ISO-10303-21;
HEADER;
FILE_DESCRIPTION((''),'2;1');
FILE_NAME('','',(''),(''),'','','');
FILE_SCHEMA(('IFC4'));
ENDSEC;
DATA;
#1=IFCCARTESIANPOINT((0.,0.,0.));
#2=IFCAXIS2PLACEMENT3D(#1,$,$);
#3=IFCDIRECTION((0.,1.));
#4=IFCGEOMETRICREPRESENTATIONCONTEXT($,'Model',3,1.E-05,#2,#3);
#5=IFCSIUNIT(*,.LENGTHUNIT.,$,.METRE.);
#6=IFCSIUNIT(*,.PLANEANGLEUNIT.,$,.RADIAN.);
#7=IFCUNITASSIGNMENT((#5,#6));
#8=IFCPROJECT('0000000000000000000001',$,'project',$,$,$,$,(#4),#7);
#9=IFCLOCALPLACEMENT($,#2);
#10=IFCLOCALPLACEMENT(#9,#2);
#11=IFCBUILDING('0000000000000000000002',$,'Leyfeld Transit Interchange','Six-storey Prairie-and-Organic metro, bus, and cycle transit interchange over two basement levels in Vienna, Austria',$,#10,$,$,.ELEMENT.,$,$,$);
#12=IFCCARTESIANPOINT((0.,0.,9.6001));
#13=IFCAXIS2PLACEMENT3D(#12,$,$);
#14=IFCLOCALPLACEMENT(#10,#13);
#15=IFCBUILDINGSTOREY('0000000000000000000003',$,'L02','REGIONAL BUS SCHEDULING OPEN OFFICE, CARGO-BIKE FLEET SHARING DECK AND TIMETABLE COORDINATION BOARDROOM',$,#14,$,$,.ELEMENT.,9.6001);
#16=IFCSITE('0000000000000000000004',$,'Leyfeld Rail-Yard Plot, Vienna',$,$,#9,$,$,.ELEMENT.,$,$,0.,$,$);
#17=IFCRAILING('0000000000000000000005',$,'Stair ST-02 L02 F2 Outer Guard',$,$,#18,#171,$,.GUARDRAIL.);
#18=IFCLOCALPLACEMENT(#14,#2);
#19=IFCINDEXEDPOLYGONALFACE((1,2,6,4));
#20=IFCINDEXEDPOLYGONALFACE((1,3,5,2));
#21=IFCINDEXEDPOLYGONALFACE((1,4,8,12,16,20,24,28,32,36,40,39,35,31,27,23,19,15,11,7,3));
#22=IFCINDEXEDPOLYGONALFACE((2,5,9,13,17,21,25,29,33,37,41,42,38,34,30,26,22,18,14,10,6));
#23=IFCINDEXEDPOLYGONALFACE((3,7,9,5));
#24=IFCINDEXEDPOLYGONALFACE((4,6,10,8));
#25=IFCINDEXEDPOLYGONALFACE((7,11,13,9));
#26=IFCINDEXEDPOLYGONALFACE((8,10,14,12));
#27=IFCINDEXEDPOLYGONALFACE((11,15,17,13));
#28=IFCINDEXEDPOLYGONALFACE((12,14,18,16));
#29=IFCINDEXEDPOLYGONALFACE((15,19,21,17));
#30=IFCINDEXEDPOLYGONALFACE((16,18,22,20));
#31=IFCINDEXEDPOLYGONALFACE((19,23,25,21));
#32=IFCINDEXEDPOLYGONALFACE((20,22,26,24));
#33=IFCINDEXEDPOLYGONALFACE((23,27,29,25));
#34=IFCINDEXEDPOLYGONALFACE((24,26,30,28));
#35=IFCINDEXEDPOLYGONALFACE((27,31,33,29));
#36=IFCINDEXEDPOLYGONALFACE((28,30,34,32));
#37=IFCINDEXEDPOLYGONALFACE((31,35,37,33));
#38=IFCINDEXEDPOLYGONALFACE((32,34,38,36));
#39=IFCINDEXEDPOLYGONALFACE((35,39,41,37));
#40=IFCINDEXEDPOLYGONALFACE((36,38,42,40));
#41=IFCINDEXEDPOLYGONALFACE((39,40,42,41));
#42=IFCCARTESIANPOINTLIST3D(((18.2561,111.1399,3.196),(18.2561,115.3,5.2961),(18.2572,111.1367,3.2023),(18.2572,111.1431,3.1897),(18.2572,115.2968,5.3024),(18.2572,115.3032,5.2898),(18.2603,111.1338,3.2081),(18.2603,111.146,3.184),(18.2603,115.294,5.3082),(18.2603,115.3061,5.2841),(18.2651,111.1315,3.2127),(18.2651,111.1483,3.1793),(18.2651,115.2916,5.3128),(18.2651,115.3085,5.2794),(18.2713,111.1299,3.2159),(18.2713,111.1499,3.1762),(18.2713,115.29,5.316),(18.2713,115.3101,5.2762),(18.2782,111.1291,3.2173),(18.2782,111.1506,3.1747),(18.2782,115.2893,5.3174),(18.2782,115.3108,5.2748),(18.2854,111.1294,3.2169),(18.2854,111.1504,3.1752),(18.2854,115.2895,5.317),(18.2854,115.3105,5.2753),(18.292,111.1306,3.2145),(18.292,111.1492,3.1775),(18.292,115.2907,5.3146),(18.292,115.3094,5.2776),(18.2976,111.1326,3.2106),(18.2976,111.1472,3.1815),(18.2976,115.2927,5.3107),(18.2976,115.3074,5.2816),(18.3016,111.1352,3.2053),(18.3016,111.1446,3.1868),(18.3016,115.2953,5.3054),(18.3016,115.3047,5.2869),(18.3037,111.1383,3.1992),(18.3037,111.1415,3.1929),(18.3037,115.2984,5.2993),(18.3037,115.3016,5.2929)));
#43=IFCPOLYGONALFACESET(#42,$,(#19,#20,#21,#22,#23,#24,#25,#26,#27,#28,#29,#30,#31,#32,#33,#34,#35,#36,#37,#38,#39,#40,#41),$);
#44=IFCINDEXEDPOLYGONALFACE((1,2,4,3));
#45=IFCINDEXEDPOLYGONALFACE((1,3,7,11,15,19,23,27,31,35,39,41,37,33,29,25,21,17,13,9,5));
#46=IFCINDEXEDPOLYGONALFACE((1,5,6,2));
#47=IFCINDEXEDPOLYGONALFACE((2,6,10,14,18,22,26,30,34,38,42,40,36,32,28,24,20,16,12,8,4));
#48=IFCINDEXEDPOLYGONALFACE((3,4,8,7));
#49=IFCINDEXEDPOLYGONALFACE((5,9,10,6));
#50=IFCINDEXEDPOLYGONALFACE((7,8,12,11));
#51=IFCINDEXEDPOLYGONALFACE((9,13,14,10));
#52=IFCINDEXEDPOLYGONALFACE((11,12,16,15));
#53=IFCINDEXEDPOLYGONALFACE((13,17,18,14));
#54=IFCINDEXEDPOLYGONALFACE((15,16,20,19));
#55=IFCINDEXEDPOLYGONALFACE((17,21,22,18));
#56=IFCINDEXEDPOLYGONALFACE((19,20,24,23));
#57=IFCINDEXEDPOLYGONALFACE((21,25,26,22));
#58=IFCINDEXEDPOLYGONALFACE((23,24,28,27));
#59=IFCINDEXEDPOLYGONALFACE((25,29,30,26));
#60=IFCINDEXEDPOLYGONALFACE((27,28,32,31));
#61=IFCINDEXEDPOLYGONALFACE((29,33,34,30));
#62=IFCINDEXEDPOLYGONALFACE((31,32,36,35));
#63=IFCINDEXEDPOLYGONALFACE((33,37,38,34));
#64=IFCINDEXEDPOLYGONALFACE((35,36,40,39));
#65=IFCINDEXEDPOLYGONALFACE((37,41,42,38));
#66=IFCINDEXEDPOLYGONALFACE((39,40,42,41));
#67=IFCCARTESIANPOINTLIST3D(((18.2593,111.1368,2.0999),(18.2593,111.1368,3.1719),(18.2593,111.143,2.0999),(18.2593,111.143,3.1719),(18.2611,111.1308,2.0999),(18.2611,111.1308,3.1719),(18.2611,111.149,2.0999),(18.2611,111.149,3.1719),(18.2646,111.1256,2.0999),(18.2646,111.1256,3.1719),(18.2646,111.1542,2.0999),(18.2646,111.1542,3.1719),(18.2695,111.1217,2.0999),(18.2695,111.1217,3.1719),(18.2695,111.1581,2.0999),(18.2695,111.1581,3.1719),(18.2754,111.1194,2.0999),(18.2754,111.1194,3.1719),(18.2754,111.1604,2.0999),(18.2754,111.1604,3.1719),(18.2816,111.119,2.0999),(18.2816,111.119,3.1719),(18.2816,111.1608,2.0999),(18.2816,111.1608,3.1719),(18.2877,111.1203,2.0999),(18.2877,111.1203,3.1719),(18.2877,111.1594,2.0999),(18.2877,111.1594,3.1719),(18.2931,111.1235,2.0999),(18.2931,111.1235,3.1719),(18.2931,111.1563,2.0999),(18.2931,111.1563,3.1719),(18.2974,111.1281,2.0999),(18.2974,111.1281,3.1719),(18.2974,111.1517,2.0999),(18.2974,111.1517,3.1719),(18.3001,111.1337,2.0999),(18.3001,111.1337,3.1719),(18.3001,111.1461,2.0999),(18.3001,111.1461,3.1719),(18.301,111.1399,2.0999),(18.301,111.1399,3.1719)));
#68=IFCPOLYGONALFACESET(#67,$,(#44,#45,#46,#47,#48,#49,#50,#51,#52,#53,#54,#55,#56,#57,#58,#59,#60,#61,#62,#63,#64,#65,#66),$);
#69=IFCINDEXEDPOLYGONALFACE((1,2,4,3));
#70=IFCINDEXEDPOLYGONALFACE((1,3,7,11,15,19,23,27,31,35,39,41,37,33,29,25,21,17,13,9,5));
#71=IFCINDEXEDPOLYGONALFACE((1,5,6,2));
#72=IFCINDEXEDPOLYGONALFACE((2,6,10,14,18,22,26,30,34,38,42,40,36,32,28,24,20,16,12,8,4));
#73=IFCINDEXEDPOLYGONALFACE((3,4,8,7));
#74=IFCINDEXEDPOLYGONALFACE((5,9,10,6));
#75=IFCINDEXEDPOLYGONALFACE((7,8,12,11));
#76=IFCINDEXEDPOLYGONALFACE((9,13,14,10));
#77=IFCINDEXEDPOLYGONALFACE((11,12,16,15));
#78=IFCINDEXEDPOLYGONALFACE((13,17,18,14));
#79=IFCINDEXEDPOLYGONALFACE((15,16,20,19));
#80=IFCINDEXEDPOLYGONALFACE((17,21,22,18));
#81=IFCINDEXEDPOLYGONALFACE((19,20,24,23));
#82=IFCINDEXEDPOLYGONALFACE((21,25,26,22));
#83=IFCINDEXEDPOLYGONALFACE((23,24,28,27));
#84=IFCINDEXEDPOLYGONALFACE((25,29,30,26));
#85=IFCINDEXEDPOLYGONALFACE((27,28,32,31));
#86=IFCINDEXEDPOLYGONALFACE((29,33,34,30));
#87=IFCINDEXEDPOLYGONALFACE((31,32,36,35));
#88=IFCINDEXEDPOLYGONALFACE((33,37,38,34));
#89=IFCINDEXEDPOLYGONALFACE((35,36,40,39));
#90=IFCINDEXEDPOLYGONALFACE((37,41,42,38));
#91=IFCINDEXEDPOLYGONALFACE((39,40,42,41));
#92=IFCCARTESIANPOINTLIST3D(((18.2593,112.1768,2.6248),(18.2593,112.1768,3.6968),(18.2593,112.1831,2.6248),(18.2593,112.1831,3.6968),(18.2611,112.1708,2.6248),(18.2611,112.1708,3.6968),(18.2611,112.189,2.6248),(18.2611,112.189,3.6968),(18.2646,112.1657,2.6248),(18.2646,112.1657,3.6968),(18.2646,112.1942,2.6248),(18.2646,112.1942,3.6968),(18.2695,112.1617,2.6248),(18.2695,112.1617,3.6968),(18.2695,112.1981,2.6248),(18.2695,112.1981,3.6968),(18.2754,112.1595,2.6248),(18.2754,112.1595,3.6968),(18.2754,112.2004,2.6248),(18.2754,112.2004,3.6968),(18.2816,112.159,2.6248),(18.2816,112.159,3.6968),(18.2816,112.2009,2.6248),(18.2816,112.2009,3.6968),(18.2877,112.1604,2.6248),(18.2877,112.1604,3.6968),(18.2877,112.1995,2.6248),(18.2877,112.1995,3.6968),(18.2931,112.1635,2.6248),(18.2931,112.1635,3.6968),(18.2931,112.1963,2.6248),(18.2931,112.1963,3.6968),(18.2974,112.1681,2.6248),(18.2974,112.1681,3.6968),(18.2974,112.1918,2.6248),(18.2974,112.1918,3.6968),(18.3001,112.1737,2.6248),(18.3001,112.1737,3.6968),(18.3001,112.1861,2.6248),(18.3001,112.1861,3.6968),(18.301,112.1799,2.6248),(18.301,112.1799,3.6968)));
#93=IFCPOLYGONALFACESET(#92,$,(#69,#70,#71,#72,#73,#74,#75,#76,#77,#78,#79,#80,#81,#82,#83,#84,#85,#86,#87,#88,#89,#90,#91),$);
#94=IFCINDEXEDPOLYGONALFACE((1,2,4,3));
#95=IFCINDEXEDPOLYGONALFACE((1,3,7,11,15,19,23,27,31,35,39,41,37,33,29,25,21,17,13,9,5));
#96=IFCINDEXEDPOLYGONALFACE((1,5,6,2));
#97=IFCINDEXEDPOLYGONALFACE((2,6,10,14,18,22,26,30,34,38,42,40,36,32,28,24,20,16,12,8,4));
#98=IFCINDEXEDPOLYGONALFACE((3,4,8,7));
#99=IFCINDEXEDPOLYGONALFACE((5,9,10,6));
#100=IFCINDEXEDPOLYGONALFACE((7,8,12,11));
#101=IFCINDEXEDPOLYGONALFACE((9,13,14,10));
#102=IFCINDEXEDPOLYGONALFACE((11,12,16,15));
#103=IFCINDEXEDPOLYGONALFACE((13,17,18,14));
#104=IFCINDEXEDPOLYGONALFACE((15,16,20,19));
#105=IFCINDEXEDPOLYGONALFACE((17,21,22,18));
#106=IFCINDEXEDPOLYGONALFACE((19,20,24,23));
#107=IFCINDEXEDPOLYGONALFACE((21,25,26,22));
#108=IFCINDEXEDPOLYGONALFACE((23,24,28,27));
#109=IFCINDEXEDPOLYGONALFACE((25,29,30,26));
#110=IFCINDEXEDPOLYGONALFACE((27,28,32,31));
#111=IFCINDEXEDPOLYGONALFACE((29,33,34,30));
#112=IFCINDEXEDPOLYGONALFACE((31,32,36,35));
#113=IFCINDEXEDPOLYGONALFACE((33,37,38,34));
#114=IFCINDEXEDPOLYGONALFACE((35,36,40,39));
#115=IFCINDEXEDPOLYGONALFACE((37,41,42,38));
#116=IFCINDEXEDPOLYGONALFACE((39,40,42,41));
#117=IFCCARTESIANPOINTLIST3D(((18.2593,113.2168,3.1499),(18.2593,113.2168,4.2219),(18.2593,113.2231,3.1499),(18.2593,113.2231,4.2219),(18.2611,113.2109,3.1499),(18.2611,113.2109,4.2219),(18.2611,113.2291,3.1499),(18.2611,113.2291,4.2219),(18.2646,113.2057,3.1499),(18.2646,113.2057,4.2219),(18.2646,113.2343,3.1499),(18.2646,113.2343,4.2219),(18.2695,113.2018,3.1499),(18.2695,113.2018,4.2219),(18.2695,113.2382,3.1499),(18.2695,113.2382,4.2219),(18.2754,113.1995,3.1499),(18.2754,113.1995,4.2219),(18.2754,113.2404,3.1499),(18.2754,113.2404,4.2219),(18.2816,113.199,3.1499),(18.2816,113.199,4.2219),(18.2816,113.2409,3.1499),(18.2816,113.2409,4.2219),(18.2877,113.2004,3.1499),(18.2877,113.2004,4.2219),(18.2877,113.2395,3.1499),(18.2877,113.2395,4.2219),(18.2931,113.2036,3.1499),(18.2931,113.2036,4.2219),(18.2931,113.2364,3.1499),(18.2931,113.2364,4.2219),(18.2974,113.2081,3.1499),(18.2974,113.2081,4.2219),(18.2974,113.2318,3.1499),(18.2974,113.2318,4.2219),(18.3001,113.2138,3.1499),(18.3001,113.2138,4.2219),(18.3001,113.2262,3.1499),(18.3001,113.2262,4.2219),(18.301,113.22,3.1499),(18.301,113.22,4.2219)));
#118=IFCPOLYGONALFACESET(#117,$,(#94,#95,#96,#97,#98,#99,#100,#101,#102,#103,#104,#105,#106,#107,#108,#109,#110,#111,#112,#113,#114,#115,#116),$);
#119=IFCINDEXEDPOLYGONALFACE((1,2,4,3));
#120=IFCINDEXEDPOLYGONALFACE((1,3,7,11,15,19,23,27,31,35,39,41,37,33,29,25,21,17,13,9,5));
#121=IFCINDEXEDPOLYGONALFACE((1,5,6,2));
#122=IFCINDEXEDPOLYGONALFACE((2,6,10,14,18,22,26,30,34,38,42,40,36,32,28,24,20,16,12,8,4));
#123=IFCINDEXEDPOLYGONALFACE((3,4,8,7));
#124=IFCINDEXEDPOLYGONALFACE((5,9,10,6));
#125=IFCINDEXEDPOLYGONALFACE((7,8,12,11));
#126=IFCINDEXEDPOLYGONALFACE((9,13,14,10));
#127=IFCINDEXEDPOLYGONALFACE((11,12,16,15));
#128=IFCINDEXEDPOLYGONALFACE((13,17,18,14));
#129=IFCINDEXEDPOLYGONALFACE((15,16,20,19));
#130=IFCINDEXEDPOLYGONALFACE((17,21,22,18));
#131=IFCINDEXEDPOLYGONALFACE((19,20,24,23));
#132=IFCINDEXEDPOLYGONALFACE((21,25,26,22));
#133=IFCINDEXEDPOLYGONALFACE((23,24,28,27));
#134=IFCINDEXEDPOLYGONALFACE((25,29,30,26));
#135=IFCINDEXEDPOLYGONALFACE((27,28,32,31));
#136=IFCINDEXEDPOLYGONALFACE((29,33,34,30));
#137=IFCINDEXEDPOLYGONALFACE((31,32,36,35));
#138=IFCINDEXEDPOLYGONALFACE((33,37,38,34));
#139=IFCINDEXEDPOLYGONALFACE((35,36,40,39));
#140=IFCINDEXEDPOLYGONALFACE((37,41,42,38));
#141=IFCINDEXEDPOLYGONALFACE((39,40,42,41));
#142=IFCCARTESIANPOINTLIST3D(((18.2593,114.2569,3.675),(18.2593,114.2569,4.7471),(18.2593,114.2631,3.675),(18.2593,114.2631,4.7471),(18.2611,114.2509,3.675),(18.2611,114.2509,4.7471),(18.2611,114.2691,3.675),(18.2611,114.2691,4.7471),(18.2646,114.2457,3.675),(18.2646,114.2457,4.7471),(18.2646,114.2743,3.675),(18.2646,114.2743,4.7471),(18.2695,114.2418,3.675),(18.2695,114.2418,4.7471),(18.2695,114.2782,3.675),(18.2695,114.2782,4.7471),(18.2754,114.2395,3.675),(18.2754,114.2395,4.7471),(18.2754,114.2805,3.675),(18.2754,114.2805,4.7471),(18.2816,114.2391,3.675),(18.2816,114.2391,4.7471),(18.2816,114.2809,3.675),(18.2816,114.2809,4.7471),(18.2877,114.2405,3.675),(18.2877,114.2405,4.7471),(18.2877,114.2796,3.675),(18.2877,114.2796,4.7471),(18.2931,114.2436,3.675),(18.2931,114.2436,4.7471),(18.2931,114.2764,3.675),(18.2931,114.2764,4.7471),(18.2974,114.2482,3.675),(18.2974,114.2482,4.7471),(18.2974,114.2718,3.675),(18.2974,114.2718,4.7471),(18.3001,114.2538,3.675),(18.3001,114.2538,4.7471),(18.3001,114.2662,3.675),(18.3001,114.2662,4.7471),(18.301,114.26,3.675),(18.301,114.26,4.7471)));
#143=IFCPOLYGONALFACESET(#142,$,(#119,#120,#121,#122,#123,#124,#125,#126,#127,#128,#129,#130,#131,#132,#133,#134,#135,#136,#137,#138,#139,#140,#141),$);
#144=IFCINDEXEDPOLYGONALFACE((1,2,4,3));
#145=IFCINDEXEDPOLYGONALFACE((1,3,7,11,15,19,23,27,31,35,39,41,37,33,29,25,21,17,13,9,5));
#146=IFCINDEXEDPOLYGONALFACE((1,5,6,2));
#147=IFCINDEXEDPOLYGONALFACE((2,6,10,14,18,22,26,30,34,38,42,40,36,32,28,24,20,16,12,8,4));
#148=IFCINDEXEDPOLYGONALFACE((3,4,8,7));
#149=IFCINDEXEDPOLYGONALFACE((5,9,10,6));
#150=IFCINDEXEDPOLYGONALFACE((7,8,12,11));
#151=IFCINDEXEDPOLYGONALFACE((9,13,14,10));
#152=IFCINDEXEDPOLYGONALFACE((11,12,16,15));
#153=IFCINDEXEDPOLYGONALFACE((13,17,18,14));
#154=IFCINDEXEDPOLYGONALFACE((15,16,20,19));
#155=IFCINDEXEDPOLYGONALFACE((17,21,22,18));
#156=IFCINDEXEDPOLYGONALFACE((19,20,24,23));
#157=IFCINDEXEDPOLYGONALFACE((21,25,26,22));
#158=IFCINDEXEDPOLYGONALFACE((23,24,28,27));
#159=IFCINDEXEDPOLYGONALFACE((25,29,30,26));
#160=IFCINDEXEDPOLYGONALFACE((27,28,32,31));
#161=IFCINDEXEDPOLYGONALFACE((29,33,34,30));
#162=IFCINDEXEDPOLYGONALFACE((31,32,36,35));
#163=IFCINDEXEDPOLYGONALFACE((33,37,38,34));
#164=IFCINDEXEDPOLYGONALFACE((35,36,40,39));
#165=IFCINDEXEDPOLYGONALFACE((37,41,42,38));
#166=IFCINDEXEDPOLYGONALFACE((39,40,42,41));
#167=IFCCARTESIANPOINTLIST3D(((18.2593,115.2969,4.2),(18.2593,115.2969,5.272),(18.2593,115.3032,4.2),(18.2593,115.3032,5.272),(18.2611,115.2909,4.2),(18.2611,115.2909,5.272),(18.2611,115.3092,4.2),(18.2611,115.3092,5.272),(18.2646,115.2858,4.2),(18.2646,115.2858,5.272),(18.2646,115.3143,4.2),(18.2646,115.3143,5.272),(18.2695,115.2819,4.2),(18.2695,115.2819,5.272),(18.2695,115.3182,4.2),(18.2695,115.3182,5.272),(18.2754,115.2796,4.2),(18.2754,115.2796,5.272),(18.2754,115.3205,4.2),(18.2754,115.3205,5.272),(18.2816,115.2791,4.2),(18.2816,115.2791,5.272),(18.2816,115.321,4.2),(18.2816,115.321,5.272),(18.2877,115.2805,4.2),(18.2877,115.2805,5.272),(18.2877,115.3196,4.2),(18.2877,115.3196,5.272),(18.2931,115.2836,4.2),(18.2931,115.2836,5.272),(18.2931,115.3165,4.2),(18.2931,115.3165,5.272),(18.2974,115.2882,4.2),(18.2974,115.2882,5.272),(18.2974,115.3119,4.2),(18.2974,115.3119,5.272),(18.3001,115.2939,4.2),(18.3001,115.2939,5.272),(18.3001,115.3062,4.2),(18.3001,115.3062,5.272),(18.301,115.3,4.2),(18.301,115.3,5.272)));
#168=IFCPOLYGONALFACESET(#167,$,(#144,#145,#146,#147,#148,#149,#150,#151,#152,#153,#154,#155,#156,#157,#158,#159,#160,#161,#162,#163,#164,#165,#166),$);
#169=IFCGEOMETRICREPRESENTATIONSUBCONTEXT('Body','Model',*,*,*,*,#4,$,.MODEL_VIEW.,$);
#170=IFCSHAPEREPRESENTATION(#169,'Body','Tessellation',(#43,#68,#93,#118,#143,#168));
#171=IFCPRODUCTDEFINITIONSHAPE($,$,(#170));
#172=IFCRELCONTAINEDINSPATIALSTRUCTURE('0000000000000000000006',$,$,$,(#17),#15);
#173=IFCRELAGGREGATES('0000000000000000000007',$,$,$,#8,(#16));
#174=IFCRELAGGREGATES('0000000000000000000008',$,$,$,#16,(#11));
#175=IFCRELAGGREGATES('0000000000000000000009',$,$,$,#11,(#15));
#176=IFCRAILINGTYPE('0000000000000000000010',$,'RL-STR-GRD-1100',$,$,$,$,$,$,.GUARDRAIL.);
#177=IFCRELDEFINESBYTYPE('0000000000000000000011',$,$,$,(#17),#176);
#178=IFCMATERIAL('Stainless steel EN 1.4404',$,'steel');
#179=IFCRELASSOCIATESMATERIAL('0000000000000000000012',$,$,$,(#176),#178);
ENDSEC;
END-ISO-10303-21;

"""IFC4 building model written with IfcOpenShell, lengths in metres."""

from ifc_helpers import new_model, si_unit, direction, frame, origin, origin_2d, place, context, subcontext, project, spatial, circle, extrude, material, type_object, element, save


model = new_model("IFC4")

# Units and contexts
model_context = context("Model", 3, precision=1e-05, world=origin(), true_north=direction((0.0, 1.0)))
body_context = subcontext(model_context, "Body", "Model", "MODEL_VIEW")
ifc_project = project(units=[si_unit("LENGTHUNIT", "METRE"), si_unit("PLANEANGLEUNIT", "RADIAN")], contexts=[model_context])

# Site, building, storey
site_placement = place(None, origin())
site = spatial("IfcSite", under=ifc_project, at=site_placement, Name="Leyfeld Rail-Yard Plot, Vienna", CompositionType="ELEMENT", RefElevation=0.0)
building_placement = place(site_placement, origin())
building = spatial("IfcBuilding", under=site, at=building_placement, Name="Leyfeld Transit Interchange", Description="Six-storey Prairie-and-Organic metro, bus, and cycle transit interchange over two basement levels in Vienna, Austria", CompositionType="ELEMENT")
storey_placement = place(building_placement, frame((0.0, 0.0, 9.6001)))
storey = spatial("IfcBuildingStorey", under=building, at=storey_placement, Name="L02", Description="REGIONAL BUS SCHEDULING OPEN OFFICE, CARGO-BIKE FLEET SHARING DECK AND TIMETABLE COORDINATION BOARDROOM", CompositionType="ELEMENT", Elevation=9.6001)

# Shared definitions
ifc_material_1 = material(Name="Stainless steel EN 1.4404", Category="steel")

# Railing
railing_type_1 = type_object("IfcRailingType", Name="RL-STR-GRD-1100", PredefinedType="GUARDRAIL", material=ifc_material_1)
for number, where, name in (
    (1, (18.28, 111.1399, 2.0999), "Stair ST-02 L02 F2 Outer Guard"),
):
    element("IfcRailing", number, at=place(storey_placement, frame(where)), inside=storey, type_object=railing_type_1, Name=name, PredefinedType="GUARDRAIL", context=body_context, shape_type="SweptSolid", body=[
        extrude(circle(Radius=0.0239, at=origin_2d()), frame((0.0, 0.0, 1.0962), z_axis=(0.0, 0.892702, 0.450647), x_axis=(-1.0, 0.0, 0.0)), (0.0, 0.0, 1.0), 4.6602),
        extrude(circle(Radius=0.021, at=origin_2d()), origin(), (0.0, 0.0, 1.0), 1.072),
        extrude(circle(Radius=0.021, at=origin_2d()), frame((0.0, 1.04, 0.5249)), (0.0, 0.0, 1.0), 1.072),
        extrude(circle(Radius=0.021, at=origin_2d()), frame((0.0, 2.0801, 1.05)), (0.0, 0.0, 1.0), 1.072),
        extrude(circle(Radius=0.021, at=origin_2d()), frame((0.0, 3.1201, 1.5752)), (0.0, 0.0, 1.0), 1.072),
        extrude(circle(Radius=0.021, at=origin_2d()), frame((0.0, 4.1602, 2.1001)), (0.0, 0.0, 1.0), 1.072),
    ])

save(model, "model.ifc")
